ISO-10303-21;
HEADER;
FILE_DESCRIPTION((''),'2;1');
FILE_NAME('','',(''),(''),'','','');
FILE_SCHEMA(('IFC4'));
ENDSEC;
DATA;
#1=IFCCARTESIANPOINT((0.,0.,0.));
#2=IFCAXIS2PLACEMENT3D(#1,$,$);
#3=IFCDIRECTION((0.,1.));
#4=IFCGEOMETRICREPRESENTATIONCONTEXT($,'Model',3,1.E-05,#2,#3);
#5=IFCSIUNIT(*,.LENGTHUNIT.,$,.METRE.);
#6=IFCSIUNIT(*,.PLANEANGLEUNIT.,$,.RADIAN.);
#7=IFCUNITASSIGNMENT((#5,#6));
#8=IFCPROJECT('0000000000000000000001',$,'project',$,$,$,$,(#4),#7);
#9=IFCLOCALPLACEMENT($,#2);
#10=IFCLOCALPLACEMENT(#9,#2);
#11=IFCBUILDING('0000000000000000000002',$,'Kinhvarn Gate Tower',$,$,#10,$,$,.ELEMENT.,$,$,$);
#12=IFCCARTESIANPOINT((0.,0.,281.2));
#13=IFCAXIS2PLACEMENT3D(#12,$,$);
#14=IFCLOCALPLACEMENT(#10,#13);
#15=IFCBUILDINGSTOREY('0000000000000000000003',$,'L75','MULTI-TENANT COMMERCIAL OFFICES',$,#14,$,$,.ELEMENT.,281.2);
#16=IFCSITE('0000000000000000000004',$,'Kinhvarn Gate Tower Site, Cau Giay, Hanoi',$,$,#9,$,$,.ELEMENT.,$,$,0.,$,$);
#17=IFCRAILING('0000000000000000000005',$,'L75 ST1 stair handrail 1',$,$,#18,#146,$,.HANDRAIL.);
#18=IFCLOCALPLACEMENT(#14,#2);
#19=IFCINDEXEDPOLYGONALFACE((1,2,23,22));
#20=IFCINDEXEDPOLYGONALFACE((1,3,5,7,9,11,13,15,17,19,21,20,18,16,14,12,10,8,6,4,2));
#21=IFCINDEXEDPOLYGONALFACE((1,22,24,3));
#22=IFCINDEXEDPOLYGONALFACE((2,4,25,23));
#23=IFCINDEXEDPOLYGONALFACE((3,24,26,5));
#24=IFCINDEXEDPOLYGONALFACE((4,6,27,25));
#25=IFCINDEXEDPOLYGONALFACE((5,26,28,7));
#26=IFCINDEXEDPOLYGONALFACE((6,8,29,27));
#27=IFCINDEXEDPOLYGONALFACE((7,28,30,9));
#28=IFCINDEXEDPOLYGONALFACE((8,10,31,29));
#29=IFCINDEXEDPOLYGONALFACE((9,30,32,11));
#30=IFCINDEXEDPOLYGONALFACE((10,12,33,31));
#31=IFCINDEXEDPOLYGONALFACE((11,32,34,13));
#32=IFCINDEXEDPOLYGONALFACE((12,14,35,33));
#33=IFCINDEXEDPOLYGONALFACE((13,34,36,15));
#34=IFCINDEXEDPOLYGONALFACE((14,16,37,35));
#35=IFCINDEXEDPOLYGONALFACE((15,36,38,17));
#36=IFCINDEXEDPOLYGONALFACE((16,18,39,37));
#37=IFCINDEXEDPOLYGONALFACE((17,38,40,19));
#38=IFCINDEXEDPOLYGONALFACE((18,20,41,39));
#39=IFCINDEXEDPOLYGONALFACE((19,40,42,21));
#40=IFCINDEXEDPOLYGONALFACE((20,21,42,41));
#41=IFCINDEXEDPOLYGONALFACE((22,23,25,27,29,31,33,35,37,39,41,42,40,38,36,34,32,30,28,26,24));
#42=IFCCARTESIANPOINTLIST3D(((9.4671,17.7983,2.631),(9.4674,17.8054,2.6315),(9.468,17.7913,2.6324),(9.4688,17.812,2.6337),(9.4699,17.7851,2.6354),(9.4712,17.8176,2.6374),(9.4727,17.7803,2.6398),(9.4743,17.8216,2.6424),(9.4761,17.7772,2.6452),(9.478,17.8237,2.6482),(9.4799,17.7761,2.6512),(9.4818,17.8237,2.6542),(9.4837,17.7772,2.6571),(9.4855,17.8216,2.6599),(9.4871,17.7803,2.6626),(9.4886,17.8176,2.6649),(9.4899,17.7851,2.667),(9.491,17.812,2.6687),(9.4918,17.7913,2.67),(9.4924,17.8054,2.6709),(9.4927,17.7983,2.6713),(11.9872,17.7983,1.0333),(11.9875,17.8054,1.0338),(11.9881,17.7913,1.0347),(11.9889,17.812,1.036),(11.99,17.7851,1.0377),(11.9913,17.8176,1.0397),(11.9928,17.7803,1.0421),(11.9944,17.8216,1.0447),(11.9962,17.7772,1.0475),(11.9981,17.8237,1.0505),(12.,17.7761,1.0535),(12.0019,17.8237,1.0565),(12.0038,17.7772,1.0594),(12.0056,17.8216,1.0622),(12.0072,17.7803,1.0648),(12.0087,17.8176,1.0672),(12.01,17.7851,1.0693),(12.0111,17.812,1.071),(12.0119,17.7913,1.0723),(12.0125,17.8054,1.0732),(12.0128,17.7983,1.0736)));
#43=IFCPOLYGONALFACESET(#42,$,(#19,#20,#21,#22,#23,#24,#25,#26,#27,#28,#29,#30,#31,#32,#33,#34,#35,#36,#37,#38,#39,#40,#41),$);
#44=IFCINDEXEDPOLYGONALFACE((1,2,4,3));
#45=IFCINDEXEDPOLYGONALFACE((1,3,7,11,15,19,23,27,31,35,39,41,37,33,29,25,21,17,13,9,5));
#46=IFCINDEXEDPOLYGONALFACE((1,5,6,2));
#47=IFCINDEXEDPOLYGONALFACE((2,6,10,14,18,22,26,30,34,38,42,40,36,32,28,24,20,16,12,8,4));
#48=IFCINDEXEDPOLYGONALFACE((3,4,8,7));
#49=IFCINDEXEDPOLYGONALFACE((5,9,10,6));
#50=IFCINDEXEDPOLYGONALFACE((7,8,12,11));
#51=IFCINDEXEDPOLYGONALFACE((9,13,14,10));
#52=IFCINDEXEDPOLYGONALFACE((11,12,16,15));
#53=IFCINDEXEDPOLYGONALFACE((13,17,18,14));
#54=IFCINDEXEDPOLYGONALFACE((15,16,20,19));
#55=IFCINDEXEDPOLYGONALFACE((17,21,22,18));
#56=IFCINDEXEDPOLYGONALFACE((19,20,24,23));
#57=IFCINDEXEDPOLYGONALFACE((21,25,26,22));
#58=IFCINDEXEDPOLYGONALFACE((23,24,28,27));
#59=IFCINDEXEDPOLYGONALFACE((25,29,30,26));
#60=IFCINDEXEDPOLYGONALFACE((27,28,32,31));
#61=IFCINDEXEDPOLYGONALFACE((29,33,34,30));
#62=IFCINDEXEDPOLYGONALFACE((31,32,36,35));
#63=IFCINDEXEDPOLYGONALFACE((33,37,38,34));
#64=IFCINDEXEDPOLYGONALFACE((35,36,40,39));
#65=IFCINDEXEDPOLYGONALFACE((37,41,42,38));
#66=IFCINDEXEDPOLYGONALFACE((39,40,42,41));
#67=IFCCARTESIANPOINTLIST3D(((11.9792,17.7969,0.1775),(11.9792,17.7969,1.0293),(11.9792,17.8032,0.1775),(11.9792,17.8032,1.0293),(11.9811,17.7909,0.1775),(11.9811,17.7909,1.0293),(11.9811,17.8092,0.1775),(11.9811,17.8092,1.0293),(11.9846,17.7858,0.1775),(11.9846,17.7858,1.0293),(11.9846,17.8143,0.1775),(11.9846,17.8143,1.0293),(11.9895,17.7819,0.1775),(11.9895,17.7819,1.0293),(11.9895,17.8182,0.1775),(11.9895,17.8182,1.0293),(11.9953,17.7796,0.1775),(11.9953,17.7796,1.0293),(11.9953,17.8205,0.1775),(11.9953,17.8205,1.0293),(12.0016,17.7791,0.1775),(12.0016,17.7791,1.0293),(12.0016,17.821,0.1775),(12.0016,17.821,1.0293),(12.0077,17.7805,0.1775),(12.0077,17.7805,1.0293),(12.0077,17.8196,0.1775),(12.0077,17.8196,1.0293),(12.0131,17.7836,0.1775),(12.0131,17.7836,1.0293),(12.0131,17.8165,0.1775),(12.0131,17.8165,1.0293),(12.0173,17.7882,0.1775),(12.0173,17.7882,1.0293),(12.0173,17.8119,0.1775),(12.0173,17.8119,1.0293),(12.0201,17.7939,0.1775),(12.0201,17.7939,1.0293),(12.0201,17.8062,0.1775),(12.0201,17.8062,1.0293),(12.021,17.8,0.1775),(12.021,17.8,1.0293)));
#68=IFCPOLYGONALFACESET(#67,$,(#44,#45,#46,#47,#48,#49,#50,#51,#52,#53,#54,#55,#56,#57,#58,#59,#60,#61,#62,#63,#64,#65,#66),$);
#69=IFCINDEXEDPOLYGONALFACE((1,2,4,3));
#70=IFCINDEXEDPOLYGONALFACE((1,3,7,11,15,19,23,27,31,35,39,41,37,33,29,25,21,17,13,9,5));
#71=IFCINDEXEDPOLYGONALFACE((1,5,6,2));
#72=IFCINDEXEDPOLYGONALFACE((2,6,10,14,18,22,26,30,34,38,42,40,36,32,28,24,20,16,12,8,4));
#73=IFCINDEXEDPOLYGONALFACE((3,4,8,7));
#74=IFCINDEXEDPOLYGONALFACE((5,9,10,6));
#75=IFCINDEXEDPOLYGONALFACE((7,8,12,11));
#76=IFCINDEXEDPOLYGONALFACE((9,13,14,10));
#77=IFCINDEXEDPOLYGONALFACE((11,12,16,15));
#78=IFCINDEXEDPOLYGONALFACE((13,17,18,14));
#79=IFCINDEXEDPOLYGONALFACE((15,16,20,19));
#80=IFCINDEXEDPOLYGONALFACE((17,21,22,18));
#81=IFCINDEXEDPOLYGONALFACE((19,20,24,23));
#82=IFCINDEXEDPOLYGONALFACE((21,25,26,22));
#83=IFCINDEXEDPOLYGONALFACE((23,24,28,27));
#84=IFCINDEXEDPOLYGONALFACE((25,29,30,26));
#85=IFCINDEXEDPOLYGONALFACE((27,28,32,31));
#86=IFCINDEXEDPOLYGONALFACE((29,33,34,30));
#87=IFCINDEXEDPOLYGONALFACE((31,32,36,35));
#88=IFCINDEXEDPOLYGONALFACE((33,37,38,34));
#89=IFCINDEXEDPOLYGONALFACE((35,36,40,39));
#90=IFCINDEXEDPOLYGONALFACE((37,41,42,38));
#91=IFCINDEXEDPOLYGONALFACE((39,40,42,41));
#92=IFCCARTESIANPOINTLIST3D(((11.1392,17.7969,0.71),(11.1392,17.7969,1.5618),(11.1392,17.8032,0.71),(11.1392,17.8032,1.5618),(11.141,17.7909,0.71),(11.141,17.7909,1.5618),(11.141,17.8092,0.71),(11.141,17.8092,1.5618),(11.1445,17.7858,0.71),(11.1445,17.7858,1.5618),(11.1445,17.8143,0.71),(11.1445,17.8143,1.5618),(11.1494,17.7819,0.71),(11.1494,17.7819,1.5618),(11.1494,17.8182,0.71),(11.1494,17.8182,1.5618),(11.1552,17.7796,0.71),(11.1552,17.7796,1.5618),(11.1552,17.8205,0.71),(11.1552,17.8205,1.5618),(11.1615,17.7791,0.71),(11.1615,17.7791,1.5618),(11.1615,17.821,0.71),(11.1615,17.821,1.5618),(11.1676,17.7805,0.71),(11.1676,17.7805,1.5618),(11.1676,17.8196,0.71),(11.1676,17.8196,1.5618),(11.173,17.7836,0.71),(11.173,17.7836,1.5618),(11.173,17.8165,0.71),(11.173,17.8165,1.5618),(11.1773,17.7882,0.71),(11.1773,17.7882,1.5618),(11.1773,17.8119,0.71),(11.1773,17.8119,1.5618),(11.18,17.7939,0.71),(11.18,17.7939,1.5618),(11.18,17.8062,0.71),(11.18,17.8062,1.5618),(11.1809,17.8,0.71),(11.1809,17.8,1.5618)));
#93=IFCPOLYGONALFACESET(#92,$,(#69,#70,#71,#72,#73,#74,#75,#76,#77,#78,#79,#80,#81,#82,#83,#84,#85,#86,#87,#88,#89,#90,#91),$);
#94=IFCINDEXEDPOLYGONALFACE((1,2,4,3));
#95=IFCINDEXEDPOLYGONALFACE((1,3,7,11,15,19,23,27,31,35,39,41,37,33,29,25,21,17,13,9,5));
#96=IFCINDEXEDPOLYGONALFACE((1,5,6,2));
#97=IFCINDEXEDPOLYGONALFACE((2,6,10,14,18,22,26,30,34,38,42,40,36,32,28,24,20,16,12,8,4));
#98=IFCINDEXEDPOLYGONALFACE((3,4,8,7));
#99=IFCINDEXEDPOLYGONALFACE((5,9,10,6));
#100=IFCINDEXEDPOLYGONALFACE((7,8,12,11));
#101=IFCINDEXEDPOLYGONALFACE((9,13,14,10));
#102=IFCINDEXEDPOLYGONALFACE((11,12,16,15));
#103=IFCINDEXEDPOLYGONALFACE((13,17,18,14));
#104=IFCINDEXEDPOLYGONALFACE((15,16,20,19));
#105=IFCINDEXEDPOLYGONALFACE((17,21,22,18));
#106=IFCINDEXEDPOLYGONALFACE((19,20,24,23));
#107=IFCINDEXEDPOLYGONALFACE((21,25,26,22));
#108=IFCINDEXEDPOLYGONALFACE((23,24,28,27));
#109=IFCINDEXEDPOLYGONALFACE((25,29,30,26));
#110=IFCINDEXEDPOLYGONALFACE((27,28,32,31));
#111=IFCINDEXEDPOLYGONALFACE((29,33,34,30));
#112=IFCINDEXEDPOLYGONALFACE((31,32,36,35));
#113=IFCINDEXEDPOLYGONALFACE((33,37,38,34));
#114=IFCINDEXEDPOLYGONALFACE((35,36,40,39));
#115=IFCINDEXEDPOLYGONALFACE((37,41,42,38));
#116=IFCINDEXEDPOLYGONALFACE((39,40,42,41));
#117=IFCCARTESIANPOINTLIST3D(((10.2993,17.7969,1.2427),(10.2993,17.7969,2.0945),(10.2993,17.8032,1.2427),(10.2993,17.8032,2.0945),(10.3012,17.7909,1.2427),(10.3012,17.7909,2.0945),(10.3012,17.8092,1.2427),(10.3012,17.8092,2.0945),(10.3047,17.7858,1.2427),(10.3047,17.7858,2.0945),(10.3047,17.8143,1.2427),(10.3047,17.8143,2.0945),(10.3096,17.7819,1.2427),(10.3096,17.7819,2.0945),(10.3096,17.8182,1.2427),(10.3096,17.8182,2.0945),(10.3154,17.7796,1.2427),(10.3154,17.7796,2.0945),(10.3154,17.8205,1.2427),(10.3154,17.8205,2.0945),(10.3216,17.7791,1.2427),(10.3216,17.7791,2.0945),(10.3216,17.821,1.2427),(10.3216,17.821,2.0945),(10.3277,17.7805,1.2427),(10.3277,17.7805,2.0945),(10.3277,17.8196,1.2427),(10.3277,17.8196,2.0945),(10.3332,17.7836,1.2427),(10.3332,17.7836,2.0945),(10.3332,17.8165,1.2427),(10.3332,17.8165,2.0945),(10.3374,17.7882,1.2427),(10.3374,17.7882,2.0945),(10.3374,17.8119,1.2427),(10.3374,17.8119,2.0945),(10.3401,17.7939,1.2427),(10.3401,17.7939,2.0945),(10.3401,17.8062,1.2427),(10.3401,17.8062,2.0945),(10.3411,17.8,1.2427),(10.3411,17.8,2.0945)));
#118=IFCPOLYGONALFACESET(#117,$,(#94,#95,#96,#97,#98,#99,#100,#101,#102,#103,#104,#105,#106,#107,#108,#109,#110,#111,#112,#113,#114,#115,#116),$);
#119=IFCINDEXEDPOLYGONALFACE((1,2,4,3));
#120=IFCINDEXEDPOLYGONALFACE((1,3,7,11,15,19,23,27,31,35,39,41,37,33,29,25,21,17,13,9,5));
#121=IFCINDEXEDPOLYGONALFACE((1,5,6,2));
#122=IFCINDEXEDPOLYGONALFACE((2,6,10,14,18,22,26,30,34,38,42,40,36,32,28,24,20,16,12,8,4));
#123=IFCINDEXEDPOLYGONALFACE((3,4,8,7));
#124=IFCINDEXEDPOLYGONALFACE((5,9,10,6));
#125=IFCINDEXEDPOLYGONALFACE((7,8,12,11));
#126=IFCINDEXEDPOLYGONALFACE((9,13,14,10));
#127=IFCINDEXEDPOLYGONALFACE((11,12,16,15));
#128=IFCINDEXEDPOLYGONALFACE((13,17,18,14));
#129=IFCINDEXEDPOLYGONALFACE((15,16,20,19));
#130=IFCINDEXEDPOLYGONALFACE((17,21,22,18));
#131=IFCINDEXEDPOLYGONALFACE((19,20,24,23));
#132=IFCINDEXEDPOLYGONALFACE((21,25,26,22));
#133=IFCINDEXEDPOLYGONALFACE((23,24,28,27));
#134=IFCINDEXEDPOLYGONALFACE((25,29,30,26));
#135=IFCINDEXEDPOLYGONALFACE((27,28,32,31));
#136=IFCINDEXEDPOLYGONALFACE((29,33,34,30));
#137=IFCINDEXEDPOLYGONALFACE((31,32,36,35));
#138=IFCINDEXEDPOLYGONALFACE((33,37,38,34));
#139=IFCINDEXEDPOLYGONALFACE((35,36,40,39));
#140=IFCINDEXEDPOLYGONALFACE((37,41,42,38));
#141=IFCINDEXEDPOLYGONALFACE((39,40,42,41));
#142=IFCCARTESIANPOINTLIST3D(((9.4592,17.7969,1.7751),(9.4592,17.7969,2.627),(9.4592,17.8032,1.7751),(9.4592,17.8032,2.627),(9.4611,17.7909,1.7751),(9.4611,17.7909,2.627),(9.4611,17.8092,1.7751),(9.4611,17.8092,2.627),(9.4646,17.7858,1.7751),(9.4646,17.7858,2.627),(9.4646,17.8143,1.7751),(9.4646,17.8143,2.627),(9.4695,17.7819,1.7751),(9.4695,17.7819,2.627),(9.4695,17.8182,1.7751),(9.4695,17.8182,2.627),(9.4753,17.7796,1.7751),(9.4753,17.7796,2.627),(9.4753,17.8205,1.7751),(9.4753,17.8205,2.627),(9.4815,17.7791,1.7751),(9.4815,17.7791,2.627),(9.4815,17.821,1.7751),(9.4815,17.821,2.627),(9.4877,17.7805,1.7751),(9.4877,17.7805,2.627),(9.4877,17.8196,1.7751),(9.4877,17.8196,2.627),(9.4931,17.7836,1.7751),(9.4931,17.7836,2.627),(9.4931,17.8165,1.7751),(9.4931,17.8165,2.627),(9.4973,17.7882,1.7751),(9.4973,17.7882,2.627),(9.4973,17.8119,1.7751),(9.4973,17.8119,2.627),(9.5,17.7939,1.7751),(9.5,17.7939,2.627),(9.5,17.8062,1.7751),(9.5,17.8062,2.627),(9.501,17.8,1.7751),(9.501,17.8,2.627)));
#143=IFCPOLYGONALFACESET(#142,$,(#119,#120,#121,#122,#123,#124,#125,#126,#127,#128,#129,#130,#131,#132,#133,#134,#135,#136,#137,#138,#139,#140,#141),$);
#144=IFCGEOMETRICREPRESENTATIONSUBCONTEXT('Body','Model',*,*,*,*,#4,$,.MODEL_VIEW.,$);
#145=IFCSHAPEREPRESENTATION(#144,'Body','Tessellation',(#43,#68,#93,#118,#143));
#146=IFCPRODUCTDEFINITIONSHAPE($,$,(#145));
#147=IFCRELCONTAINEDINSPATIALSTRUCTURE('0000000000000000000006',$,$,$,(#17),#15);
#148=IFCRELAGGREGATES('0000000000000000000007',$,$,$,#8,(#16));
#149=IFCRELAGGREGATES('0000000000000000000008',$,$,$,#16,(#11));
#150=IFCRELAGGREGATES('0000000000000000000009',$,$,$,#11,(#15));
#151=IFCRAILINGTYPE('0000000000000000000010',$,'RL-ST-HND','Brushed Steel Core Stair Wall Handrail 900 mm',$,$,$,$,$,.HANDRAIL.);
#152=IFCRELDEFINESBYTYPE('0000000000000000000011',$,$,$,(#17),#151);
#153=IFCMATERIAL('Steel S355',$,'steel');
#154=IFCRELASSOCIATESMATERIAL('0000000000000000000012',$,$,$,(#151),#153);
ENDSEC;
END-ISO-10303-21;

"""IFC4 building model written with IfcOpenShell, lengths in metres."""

from ifc_helpers import new_model, si_unit, direction, frame, origin, origin_2d, place, context, subcontext, project, spatial, circle, extrude, material, type_object, element, save


model = new_model("IFC4")

# Units and contexts
model_context = context("Model", 3, precision=1e-05, world=origin(), true_north=direction((0.0, 1.0)))
body_context = subcontext(model_context, "Body", "Model", "MODEL_VIEW")
ifc_project = project(units=[si_unit("LENGTHUNIT", "METRE"), si_unit("PLANEANGLEUNIT", "RADIAN")], contexts=[model_context])

# Site, building, storey
site_placement = place(None, origin())
site = spatial("IfcSite", under=ifc_project, at=site_placement, Name="Kinhvarn Gate Tower Site, Cau Giay, Hanoi", CompositionType="ELEMENT", RefElevation=0.0)
building_placement = place(site_placement, origin())
building = spatial("IfcBuilding", under=site, at=building_placement, Name="Kinhvarn Gate Tower", CompositionType="ELEMENT")
storey_placement = place(building_placement, frame((0.0, 0.0, 281.2)))
storey = spatial("IfcBuildingStorey", under=building, at=storey_placement, Name="L75", Description="MULTI-TENANT COMMERCIAL OFFICES", CompositionType="ELEMENT", Elevation=281.2)

# Shared definitions
ifc_material_1 = material(Name="Steel S355", Category="steel")

# Railing
railing_type_1 = type_object("IfcRailingType", Name="RL-ST-HND", Description="Brushed Steel Core Stair Wall Handrail 900 mm", PredefinedType="HANDRAIL", material=ifc_material_1)
railing_1_placement = place(storey_placement, frame((12.0, 17.8, 0.1775)))
element("IfcRailing", 1, at=railing_1_placement, inside=storey, type_object=railing_type_1, Name="L75 ST1 stair handrail 1", PredefinedType="HANDRAIL", context=body_context, shape_type="SweptSolid", body=[
    extrude(circle(Radius=0.0239, at=origin_2d()), frame((0.0, 0.0, 0.876), z_axis=(-0.84457, 0.0, 0.535445), x_axis=(0.0, -1.0, 0.0)), (0.0, 0.0, 1.0), 2.9839),
    extrude(circle(Radius=0.021, at=origin_2d()), origin(), (0.0, 0.0, 1.0), 0.8518),
    extrude(circle(Radius=0.021, at=origin_2d()), frame((-0.8401, 0.0, 0.5325)), (0.0, 0.0, 1.0), 0.8518),
    extrude(circle(Radius=0.021, at=origin_2d()), frame((-1.6799, 0.0, 1.0652)), (0.0, 0.0, 1.0), 0.8518),
    extrude(circle(Radius=0.021, at=origin_2d()), frame((-2.52, 0.0, 1.5977)), (0.0, 0.0, 1.0), 0.8518),
])

save(model, "model.ifc")
